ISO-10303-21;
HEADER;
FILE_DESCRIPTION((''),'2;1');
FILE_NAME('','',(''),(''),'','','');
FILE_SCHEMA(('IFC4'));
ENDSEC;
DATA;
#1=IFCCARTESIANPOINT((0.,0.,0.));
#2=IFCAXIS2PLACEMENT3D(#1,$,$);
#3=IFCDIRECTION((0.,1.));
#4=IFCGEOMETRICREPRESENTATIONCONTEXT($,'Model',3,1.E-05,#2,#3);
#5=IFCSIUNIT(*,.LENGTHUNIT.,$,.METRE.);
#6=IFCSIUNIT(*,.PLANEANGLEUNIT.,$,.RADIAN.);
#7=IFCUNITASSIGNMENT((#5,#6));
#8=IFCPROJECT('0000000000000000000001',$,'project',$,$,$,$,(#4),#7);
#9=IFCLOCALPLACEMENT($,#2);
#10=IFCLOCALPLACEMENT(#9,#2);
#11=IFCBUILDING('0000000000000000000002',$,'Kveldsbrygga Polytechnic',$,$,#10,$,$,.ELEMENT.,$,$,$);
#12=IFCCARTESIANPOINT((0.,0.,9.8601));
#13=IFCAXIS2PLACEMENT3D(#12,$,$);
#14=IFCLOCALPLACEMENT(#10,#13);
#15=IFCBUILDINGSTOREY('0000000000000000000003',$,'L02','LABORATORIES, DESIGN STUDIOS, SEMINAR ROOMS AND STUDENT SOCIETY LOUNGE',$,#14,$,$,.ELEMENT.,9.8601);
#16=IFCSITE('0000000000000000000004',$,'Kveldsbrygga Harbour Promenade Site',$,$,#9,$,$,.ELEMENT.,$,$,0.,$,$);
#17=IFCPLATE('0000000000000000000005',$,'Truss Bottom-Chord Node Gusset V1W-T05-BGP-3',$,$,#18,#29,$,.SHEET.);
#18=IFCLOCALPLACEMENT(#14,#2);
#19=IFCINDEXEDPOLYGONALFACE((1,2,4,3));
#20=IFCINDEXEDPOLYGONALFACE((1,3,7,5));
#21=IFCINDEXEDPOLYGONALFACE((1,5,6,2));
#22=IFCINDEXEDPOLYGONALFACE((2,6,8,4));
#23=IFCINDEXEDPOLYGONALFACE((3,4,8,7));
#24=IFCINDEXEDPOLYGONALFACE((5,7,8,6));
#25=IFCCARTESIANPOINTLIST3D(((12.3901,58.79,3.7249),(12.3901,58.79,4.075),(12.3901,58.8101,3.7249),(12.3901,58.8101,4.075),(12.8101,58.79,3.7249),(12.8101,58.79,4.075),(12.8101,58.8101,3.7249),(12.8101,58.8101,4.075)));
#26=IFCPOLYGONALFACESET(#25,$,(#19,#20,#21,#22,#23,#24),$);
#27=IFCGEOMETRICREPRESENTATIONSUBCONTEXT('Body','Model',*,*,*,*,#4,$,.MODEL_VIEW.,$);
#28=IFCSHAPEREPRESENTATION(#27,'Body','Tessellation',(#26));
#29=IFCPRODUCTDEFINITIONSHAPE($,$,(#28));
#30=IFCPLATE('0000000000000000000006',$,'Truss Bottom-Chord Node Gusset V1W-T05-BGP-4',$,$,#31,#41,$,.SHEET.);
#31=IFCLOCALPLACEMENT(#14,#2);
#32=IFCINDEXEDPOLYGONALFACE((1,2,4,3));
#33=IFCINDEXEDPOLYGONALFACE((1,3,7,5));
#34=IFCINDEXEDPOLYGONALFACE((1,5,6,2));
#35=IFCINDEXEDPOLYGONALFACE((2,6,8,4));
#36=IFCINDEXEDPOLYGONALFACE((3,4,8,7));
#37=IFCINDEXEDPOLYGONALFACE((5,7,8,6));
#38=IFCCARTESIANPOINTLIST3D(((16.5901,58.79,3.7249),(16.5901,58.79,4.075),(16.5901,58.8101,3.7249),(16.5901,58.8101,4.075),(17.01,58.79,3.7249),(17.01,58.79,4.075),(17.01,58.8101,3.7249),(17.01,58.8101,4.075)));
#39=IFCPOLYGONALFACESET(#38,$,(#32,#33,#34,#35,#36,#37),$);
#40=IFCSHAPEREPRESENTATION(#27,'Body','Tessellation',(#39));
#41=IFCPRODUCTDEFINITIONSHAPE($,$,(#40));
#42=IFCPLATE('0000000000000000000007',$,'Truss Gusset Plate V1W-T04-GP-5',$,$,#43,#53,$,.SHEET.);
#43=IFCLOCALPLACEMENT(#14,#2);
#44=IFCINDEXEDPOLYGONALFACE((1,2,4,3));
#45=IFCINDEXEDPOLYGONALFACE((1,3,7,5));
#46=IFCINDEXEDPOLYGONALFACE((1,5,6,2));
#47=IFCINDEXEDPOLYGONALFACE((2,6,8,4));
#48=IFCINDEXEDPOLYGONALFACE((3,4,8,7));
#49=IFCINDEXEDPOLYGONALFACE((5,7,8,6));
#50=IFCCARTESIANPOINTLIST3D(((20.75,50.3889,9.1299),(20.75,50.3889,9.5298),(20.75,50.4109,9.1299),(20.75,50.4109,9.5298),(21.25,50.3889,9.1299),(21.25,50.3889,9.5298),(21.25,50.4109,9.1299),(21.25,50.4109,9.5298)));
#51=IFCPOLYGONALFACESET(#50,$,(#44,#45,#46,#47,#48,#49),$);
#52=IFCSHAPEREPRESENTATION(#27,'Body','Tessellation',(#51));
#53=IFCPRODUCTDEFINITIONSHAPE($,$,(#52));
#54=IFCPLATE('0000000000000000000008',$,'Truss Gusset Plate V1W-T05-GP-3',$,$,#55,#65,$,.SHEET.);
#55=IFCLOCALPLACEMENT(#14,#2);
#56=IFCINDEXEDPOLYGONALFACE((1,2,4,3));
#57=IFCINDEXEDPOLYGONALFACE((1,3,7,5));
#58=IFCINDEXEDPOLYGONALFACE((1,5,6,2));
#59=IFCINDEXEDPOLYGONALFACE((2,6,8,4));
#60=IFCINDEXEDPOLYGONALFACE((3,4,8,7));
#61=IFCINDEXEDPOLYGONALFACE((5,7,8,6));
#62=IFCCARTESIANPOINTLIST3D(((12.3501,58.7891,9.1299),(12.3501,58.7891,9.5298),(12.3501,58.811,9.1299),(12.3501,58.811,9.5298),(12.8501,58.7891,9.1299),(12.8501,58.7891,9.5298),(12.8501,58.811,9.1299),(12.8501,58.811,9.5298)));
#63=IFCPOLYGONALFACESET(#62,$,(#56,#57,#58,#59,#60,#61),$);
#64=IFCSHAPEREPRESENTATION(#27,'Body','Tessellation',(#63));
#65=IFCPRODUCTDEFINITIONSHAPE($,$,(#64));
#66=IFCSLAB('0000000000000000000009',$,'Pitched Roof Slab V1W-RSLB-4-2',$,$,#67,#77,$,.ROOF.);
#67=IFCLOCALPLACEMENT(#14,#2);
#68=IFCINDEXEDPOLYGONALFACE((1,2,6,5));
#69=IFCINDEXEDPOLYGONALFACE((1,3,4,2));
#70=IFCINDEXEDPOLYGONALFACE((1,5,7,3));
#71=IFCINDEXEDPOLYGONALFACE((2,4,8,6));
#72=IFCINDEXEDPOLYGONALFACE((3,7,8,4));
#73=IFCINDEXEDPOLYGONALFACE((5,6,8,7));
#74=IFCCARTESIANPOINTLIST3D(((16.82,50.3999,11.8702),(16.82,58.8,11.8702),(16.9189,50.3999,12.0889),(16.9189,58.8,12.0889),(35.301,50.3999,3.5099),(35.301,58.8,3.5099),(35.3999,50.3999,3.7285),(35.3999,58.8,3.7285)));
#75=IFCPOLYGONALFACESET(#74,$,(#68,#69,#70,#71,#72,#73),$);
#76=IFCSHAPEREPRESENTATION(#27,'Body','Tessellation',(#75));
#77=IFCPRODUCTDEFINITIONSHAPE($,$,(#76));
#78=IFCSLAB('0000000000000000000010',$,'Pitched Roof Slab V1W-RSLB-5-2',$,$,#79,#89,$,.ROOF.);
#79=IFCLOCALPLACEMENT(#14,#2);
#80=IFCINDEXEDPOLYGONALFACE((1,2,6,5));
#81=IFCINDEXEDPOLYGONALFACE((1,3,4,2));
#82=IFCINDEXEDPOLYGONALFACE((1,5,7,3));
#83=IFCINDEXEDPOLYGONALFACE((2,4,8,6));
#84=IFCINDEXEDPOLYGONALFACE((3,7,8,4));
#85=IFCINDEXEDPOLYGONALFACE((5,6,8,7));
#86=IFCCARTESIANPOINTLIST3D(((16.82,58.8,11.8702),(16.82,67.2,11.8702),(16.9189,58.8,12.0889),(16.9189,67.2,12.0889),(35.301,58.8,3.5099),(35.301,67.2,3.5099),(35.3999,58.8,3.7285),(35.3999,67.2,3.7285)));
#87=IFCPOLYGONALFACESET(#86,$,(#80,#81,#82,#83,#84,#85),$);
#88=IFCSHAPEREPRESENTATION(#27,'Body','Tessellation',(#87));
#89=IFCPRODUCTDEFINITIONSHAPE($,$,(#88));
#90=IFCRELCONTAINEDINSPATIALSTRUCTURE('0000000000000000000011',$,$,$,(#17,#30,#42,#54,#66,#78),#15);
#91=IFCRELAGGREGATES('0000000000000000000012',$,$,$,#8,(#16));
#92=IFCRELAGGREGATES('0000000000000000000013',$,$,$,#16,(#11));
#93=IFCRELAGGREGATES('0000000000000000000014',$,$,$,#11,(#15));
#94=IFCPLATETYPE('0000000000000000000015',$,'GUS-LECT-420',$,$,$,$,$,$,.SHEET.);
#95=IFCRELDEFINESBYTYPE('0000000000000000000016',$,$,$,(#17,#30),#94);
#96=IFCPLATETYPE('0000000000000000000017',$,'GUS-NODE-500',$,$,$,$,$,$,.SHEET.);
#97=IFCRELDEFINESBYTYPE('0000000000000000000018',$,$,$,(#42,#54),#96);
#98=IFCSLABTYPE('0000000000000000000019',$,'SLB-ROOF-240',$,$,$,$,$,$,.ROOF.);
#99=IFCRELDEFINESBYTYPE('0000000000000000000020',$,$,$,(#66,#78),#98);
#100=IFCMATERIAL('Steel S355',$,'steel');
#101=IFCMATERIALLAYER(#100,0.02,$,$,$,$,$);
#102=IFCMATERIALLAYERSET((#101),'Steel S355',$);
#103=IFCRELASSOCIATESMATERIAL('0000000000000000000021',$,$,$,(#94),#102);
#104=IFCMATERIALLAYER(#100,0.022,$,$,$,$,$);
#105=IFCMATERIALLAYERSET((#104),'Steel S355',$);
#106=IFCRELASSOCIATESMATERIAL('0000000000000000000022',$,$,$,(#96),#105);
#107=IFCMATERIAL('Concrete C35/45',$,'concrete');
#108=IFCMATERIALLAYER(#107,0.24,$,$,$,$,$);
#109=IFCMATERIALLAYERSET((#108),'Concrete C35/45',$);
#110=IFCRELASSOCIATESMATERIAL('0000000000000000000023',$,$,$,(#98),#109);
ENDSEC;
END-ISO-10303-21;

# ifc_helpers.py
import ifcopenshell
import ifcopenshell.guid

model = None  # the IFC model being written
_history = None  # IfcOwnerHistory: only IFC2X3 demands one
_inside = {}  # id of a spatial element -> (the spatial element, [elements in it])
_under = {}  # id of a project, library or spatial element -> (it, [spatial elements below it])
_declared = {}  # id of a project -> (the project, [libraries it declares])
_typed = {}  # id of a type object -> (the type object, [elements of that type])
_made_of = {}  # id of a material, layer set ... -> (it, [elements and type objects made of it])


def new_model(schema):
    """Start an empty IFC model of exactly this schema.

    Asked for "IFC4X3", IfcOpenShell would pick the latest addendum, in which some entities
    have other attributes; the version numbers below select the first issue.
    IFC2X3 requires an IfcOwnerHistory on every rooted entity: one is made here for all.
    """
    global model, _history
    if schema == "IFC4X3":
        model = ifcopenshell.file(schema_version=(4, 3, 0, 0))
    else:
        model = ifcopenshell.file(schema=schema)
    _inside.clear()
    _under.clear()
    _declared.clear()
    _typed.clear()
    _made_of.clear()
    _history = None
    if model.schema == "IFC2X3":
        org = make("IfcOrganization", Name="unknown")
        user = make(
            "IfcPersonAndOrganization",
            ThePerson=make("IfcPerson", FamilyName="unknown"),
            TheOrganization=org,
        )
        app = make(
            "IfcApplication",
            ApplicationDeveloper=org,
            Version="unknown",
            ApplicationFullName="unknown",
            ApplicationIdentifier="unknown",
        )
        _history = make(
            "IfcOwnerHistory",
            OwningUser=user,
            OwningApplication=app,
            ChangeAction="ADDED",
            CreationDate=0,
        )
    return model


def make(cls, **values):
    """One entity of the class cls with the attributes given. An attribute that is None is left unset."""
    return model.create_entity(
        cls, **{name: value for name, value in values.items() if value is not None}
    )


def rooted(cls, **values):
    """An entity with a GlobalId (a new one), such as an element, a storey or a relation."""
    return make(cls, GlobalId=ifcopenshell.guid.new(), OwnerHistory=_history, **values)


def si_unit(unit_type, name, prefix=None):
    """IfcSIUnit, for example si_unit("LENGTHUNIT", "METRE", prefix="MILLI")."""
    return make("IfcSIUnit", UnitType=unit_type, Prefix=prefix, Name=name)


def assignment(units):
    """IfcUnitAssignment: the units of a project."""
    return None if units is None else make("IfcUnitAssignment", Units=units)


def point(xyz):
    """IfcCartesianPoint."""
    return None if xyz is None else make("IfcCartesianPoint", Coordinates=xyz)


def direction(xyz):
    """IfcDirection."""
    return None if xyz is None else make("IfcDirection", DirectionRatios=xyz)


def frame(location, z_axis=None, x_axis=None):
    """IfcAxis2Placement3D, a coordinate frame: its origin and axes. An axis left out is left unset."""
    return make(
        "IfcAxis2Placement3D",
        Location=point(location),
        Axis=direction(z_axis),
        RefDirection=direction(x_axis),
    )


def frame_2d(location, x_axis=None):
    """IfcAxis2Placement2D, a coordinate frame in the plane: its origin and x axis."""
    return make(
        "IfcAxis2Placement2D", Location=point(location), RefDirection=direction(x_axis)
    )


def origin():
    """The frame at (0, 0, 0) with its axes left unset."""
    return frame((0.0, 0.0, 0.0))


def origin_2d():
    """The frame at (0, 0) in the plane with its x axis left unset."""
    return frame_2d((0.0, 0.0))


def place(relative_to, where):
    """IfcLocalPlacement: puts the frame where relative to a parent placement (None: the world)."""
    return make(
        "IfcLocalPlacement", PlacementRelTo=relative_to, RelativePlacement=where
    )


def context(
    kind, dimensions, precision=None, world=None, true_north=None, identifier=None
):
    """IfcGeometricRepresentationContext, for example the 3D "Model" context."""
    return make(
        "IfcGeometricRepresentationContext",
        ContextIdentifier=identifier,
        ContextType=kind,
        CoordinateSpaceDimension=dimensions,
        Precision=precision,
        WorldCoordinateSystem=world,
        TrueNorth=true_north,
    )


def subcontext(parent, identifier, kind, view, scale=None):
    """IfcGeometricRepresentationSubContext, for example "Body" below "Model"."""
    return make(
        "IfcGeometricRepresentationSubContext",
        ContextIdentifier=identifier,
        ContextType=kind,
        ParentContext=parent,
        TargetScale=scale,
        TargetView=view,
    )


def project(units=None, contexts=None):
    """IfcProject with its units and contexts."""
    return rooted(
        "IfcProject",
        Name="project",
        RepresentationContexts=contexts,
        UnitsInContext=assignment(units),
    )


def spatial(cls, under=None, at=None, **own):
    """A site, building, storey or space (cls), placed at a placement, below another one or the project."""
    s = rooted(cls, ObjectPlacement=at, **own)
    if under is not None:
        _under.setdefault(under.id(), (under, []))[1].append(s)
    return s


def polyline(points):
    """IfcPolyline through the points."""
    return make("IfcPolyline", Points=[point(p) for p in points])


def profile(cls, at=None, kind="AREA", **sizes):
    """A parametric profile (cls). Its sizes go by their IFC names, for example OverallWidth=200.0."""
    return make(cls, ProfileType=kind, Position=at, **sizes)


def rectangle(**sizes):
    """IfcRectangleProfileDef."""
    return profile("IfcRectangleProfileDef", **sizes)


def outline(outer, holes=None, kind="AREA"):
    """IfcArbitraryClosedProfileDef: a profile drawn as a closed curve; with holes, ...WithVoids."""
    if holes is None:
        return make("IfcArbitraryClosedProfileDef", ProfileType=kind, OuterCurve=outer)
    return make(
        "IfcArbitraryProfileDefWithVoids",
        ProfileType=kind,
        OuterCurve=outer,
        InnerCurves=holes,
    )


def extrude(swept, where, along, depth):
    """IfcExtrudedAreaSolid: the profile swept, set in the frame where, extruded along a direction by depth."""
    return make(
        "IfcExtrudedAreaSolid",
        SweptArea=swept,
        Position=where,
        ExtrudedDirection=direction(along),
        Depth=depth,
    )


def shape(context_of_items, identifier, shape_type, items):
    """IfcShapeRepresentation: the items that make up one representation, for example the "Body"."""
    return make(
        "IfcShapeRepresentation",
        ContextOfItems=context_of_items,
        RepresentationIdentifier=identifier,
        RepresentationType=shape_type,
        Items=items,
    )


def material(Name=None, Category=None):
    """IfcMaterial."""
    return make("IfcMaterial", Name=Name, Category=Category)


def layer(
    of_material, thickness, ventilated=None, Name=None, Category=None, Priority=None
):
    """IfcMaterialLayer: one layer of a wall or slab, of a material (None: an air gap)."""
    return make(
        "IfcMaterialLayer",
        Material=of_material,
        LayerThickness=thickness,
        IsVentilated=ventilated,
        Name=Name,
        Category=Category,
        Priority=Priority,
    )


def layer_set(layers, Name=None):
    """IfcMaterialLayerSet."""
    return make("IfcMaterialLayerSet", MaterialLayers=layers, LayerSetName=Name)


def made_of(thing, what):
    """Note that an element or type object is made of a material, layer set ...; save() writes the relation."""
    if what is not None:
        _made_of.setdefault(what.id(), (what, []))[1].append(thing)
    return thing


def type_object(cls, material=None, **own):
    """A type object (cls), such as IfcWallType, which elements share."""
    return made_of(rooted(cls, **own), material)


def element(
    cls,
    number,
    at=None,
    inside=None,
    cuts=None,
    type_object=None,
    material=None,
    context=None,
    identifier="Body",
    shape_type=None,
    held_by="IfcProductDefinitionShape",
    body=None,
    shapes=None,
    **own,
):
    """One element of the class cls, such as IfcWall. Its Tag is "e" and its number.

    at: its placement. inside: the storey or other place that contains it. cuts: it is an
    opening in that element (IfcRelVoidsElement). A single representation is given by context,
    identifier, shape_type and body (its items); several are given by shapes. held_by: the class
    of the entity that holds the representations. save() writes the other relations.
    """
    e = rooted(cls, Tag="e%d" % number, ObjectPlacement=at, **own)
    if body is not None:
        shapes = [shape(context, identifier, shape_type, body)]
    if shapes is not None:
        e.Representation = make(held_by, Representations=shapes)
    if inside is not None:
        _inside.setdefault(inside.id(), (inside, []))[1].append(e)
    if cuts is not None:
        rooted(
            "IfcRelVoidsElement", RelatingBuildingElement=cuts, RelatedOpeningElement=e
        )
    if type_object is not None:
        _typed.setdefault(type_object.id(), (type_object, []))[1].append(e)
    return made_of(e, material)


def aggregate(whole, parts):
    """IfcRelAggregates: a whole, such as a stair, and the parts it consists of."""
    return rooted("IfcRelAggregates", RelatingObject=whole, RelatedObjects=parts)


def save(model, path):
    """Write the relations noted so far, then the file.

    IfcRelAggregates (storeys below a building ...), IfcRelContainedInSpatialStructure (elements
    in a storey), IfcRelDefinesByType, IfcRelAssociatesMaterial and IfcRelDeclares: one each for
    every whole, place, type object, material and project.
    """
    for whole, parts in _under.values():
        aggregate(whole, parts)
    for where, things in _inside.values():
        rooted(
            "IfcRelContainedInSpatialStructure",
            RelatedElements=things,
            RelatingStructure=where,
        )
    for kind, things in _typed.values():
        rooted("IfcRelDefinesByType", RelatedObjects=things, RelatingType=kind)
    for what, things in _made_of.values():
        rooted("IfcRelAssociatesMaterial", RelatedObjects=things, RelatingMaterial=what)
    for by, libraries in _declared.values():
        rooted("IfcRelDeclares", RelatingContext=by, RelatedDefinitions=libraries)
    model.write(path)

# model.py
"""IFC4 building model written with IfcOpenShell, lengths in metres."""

from ifc_helpers import new_model, si_unit, direction, frame, origin, origin_2d, place, context, subcontext, project, spatial, polyline, rectangle, outline, extrude, material, layer, layer_set, type_object, element, save


model = new_model("IFC4")

# Units and contexts
model_context = context("Model", 3, precision=1e-05, world=origin(), true_north=direction((0.0, 1.0)))
body_context = subcontext(model_context, "Body", "Model", "MODEL_VIEW")
ifc_project = project(units=[si_unit("LENGTHUNIT", "METRE"), si_unit("PLANEANGLEUNIT", "RADIAN")], contexts=[model_context])

# Site, building, storey
site_placement = place(None, origin())
site = spatial("IfcSite", under=ifc_project, at=site_placement, Name="Kveldsbrygga Harbour Promenade Site", CompositionType="ELEMENT", RefElevation=0.0)
building_placement = place(site_placement, origin())
building = spatial("IfcBuilding", under=site, at=building_placement, Name="Kveldsbrygga Polytechnic", CompositionType="ELEMENT")
storey_placement = place(building_placement, frame((0.0, 0.0, 9.8601)))
storey = spatial("IfcBuildingStorey", under=building, at=storey_placement, Name="L02", Description="LABORATORIES, DESIGN STUDIOS, SEMINAR ROOMS AND STUDENT SOCIETY LOUNGE", CompositionType="ELEMENT", Elevation=9.8601)

# Shared definitions
ifc_material_1 = material(Name="Steel S355", Category="steel")

# Plates
ifc_layer_1 = layer(ifc_material_1, 0.02)
ifc_layer_set_1 = layer_set([ifc_layer_1], Name="Steel S355")
plate_type_1 = type_object("IfcPlateType", Name="GUS-LECT-420", PredefinedType="SHEET", material=ifc_layer_set_1)
for number, where, z_axis, x_axis, name in (
    (1, (12.6001, 58.8, 3.7249), (0.0, 0.0, 1.0), (1.0, 0.0, 0.0), "Truss Bottom-Chord Node Gusset V1W-T05-BGP-3"),
    (2, (16.8, 58.8, 3.7249), (0.0, 0.0, 1.0), (1.0, 0.0, 0.0), "Truss Bottom-Chord Node Gusset V1W-T05-BGP-4"),
):
    element("IfcPlate", number, at=place(storey_placement, frame(where, z_axis=z_axis, x_axis=x_axis)), inside=storey, type_object=plate_type_1, Name=name, PredefinedType="SHEET", context=body_context, shape_type="SweptSolid", body=[
        extrude(rectangle(XDim=0.4199, YDim=0.02, at=origin_2d()), origin(), (0.0, 0.0, 1.0), 0.3501),
    ])
ifc_layer_2 = layer(ifc_material_1, 0.022)
ifc_layer_set_2 = layer_set([ifc_layer_2], Name="Steel S355")
plate_type_2 = type_object("IfcPlateType", Name="GUS-NODE-500", PredefinedType="SHEET", material=ifc_layer_set_2)
for number, where, z_axis, x_axis, name in (
    (3, (21.0, 50.3999, 9.1299), (0.0, 0.0, 1.0), (1.0, 0.0, 0.0), "Truss Gusset Plate V1W-T04-GP-5"),
    (4, (12.6001, 58.8, 9.1299), (0.0, 0.0, 1.0), (1.0, 0.0, 0.0), "Truss Gusset Plate V1W-T05-GP-3"),
):
    element("IfcPlate", number, at=place(storey_placement, frame(where, z_axis=z_axis, x_axis=x_axis)), inside=storey, type_object=plate_type_2, Name=name, PredefinedType="SHEET", context=body_context, shape_type="SweptSolid", body=[
        extrude(rectangle(XDim=0.5, YDim=0.022, at=origin_2d()), origin(), (0.0, 0.0, 1.0), 0.3999),
    ])

# Slabs
ifc_material_2 = material(Name="Concrete C35/45", Category="concrete")
ifc_layer_3 = layer(ifc_material_2, 0.24)
ifc_layer_set_3 = layer_set([ifc_layer_3], Name="Concrete C35/45")
slab_type = type_object("IfcSlabType", Name="SLB-ROOF-240", PredefinedType="ROOF", material=ifc_layer_set_3)
slab_1_placement = place(storey_placement, frame((16.9189, 50.3999, 12.0889), z_axis=(0.412165, 0.0, 0.911109), x_axis=(0.911109, 0.0, -0.412165)))
element("IfcSlab", 5, at=slab_1_placement, inside=storey, type_object=slab_type, Name="Pitched Roof Slab V1W-RSLB-4-2", PredefinedType="ROOF", context=body_context, shape_type="SweptSolid", body=[
    extrude(outline(polyline([(0.0, 0.0), (20.284, 0.0), (20.284, 8.4001), (0.0, 8.4001), (0.0, 0.0)])), origin(), (0.0, 0.0, -1.0), 0.24),
])
slab_2_placement = place(storey_placement, frame((16.9189, 58.8, 12.0889), z_axis=(0.412165, 0.0, 0.911109), x_axis=(0.911109, 0.0, -0.412165)))
element("IfcSlab", 6, at=slab_2_placement, inside=storey, type_object=slab_type, Name="Pitched Roof Slab V1W-RSLB-5-2", PredefinedType="ROOF", context=body_context, shape_type="SweptSolid", body=[
    extrude(outline(polyline([(0.0, 0.0), (20.284, 0.0), (20.284, 8.3999), (0.0, 8.3999), (0.0, 0.0)])), origin(), (0.0, 0.0, -1.0), 0.24),
])

save(model, "model.ifc")
